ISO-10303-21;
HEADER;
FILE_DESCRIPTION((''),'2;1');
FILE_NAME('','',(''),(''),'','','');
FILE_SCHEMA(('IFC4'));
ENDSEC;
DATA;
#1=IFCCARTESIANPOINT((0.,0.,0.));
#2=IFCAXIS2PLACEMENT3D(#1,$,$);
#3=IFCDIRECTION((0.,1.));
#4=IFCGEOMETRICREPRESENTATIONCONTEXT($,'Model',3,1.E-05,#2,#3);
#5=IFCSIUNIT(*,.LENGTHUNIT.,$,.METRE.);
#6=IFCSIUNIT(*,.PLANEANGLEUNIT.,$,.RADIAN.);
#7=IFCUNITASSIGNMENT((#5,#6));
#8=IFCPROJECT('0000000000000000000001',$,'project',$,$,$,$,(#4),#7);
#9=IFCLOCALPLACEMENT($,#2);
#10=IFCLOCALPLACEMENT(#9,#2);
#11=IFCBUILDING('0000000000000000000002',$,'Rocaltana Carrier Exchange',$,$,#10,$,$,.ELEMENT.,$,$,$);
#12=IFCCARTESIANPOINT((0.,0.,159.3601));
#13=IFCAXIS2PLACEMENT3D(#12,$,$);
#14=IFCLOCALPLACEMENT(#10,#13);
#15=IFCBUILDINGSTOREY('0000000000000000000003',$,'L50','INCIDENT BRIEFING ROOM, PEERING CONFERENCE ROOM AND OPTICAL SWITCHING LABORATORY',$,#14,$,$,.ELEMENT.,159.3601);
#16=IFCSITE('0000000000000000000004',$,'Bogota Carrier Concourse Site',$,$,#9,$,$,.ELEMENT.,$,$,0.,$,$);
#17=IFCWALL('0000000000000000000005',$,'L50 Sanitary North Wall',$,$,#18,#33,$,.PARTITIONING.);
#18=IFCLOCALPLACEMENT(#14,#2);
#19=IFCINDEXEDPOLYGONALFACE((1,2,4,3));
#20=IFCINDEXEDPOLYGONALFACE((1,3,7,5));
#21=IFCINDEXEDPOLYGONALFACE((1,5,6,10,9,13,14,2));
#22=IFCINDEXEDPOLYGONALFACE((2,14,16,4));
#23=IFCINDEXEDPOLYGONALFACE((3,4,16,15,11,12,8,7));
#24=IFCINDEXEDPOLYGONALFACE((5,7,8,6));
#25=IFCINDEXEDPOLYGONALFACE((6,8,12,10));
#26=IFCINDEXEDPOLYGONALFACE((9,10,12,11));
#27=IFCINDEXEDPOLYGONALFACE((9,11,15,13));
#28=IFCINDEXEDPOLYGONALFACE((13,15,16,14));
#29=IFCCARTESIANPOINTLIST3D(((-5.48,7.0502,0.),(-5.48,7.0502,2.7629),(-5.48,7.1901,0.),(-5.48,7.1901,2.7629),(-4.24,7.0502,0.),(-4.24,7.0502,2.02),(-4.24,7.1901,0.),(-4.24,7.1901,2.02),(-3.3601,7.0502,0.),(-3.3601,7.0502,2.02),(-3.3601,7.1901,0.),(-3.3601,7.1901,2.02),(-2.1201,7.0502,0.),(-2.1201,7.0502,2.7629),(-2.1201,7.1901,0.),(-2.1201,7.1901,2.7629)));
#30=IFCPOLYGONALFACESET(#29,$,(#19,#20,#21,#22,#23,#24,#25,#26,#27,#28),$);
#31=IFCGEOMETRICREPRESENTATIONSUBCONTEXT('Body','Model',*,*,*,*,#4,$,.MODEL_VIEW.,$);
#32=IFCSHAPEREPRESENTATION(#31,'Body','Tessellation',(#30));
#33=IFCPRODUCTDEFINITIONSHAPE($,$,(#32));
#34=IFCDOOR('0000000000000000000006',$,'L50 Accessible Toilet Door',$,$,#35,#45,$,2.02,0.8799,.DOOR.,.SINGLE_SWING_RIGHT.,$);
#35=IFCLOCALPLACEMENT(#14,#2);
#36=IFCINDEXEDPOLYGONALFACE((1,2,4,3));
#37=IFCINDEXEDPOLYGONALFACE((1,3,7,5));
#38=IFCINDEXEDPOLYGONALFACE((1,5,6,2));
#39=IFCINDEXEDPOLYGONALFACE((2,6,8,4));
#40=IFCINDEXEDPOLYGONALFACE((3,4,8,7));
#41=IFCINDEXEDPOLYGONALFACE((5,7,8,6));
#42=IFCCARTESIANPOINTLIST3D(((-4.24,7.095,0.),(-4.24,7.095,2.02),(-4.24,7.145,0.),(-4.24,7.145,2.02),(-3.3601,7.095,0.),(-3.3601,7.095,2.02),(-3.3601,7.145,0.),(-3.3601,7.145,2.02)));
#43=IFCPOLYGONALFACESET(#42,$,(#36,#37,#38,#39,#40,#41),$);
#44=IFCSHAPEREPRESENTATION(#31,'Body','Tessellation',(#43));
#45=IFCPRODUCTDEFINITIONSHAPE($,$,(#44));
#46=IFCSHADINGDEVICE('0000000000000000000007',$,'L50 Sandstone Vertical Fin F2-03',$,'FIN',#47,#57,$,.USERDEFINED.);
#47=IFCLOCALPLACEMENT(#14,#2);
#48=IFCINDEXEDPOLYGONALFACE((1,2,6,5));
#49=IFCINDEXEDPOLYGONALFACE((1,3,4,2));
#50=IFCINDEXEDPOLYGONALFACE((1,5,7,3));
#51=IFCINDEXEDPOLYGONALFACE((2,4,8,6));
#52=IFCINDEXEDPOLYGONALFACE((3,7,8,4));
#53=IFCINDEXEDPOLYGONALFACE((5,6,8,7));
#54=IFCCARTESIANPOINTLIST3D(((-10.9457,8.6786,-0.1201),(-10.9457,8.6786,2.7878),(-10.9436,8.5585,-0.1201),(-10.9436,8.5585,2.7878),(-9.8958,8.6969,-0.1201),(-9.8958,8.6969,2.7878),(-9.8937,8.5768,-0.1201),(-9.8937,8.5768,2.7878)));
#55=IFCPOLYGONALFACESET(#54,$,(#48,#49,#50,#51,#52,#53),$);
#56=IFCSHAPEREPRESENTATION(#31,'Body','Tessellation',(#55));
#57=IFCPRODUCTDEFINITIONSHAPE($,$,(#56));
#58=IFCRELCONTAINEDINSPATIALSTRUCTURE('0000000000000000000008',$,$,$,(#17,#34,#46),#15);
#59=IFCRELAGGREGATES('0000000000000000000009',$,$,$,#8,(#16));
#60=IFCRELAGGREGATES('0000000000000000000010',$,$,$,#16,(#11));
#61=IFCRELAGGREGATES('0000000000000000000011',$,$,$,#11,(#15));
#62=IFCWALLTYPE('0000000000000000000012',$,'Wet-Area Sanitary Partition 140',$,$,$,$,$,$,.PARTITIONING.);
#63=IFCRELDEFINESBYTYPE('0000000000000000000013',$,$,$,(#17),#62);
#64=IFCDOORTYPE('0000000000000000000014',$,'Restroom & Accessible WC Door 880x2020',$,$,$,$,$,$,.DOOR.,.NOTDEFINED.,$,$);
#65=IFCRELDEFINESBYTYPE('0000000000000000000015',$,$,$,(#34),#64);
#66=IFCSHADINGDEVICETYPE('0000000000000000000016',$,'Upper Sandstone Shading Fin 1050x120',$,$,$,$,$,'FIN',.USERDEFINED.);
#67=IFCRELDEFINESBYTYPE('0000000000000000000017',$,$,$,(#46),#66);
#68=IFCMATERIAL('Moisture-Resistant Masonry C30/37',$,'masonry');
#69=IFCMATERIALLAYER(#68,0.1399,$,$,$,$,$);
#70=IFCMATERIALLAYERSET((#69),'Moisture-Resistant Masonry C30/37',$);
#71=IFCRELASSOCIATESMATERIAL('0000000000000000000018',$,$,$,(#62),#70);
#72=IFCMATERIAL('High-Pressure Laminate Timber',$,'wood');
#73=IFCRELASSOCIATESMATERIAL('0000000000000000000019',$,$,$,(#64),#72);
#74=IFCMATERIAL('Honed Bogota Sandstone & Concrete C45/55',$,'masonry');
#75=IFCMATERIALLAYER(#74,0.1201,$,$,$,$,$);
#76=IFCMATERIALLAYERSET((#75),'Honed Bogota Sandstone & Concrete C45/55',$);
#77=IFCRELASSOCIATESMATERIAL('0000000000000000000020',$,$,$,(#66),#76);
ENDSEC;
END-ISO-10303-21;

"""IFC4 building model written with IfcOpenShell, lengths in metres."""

from ifc_helpers import new_model, si_unit, direction, frame, frame_2d, origin, origin_2d, place, context, subcontext, project, spatial, rectangle, extrude, material, layer, layer_set, type_object, element, fill, save


model = new_model("IFC4")

# Units and contexts
model_context = context("Model", 3, precision=1e-05, world=origin(), true_north=direction((0.0, 1.0)))
body_context = subcontext(model_context, "Body", "Model", "MODEL_VIEW")
ifc_project = project(units=[si_unit("LENGTHUNIT", "METRE"), si_unit("PLANEANGLEUNIT", "RADIAN")], contexts=[model_context])

# Site, building, storey
site_placement = place(None, origin())
site = spatial("IfcSite", under=ifc_project, at=site_placement, Name="Bogota Carrier Concourse Site", CompositionType="ELEMENT", RefElevation=0.0)
building_placement = place(site_placement, origin())
building = spatial("IfcBuilding", under=site, at=building_placement, Name="Rocaltana Carrier Exchange", CompositionType="ELEMENT")
storey_placement = place(building_placement, frame((0.0, 0.0, 159.3601)))
storey = spatial("IfcBuildingStorey", under=building, at=storey_placement, Name="L50", Description="INCIDENT BRIEFING ROOM, PEERING CONFERENCE ROOM AND OPTICAL SWITCHING LABORATORY", CompositionType="ELEMENT", Elevation=159.3601)

# Shared definitions
ifc_material_1 = material(Name="Moisture-Resistant Masonry C30/37", Category="masonry")
ifc_layer_1 = layer(ifc_material_1, 0.1399)
ifc_layer_set_1 = layer_set([ifc_layer_1], Name="Moisture-Resistant Masonry C30/37")
wall_type_1 = type_object("IfcWallType", Name="Wet-Area Sanitary Partition 140", PredefinedType="PARTITIONING", material=ifc_layer_set_1)

# Wall, opening, door
wall_1_placement = place(storey_placement, frame((-5.48, 7.1201, 0.0), z_axis=(0.0, 0.0, 1.0), x_axis=(1.0, 0.0, 0.0)))
wall_1 = element("IfcWall", 1, at=wall_1_placement, inside=storey, type_object=wall_type_1, Name="L50 Sanitary North Wall", PredefinedType="PARTITIONING", context=body_context, shape_type="SweptSolid", body=[
    extrude(rectangle(XDim=3.3599, YDim=0.1399, at=frame_2d((1.6799, 0.0))), origin(), (0.0, 0.0, 1.0), 2.7629),
])
opening_placement = place(wall_1_placement, frame((1.24, 0.0, 0.0)))
opening = element("IfcOpeningElement", 2, at=opening_placement, cuts=wall_1, PredefinedType="OPENING", context=body_context, shape_type="SweptSolid", body=[
    extrude(rectangle(XDim=0.8799, YDim=2.02, at=frame_2d((0.4399, 1.01))), frame((0.0, 0.0798, 0.0), z_axis=(0.0, -1.0, 0.0), x_axis=(1.0, 0.0, 0.0)), (0.0, 0.0, 1.0), 0.1599),
])
ifc_material_2 = material(Name="High-Pressure Laminate Timber", Category="wood")
door_type = type_object("IfcDoorType", Name="Restroom & Accessible WC Door 880x2020", OperationType="NOTDEFINED", PredefinedType="DOOR", material=ifc_material_2)
door_placement = place(opening_placement, origin())
door = element("IfcDoor", 3, at=door_placement, inside=storey, type_object=door_type, Name="L50 Accessible Toilet Door", OperationType="SINGLE_SWING_RIGHT", OverallHeight=2.02, OverallWidth=0.8799, PredefinedType="DOOR", context=body_context, shape_type="SweptSolid", body=[
    extrude(rectangle(XDim=0.8799, YDim=2.02, at=frame_2d((0.4399, 1.01))), frame((0.0, 0.0249, 0.0), z_axis=(0.0, -1.0, 0.0), x_axis=(1.0, 0.0, 0.0)), (0.0, 0.0, 1.0), 0.05),
])
fill(opening, door)

# Shading device
ifc_material_3 = material(Name="Honed Bogota Sandstone & Concrete C45/55", Category="masonry")
ifc_layer_2 = layer(ifc_material_3, 0.1201)
ifc_layer_set_2 = layer_set([ifc_layer_2], Name="Honed Bogota Sandstone & Concrete C45/55")
shading_device_type = type_object("IfcShadingDeviceType", Name="Upper Sandstone Shading Fin 1050x120", ElementType="FIN", PredefinedType="USERDEFINED", material=ifc_layer_set_2)
shading_device_placement = place(storey_placement, frame((-10.4197, 8.6277, -0.1201), z_axis=(0.0, 0.0, 1.0), x_axis=(-0.999848, -0.017452, 0.0)))
element("IfcShadingDevice", 4, at=shading_device_placement, inside=storey, type_object=shading_device_type, Name="L50 Sandstone Vertical Fin F2-03", ObjectType="FIN", PredefinedType="USERDEFINED", context=body_context, shape_type="SweptSolid", body=[
    extrude(rectangle(XDim=1.05, YDim=0.1201, at=origin_2d()), origin(), (0.0, 0.0, 1.0), 2.908),
])

save(model, "model.ifc")
